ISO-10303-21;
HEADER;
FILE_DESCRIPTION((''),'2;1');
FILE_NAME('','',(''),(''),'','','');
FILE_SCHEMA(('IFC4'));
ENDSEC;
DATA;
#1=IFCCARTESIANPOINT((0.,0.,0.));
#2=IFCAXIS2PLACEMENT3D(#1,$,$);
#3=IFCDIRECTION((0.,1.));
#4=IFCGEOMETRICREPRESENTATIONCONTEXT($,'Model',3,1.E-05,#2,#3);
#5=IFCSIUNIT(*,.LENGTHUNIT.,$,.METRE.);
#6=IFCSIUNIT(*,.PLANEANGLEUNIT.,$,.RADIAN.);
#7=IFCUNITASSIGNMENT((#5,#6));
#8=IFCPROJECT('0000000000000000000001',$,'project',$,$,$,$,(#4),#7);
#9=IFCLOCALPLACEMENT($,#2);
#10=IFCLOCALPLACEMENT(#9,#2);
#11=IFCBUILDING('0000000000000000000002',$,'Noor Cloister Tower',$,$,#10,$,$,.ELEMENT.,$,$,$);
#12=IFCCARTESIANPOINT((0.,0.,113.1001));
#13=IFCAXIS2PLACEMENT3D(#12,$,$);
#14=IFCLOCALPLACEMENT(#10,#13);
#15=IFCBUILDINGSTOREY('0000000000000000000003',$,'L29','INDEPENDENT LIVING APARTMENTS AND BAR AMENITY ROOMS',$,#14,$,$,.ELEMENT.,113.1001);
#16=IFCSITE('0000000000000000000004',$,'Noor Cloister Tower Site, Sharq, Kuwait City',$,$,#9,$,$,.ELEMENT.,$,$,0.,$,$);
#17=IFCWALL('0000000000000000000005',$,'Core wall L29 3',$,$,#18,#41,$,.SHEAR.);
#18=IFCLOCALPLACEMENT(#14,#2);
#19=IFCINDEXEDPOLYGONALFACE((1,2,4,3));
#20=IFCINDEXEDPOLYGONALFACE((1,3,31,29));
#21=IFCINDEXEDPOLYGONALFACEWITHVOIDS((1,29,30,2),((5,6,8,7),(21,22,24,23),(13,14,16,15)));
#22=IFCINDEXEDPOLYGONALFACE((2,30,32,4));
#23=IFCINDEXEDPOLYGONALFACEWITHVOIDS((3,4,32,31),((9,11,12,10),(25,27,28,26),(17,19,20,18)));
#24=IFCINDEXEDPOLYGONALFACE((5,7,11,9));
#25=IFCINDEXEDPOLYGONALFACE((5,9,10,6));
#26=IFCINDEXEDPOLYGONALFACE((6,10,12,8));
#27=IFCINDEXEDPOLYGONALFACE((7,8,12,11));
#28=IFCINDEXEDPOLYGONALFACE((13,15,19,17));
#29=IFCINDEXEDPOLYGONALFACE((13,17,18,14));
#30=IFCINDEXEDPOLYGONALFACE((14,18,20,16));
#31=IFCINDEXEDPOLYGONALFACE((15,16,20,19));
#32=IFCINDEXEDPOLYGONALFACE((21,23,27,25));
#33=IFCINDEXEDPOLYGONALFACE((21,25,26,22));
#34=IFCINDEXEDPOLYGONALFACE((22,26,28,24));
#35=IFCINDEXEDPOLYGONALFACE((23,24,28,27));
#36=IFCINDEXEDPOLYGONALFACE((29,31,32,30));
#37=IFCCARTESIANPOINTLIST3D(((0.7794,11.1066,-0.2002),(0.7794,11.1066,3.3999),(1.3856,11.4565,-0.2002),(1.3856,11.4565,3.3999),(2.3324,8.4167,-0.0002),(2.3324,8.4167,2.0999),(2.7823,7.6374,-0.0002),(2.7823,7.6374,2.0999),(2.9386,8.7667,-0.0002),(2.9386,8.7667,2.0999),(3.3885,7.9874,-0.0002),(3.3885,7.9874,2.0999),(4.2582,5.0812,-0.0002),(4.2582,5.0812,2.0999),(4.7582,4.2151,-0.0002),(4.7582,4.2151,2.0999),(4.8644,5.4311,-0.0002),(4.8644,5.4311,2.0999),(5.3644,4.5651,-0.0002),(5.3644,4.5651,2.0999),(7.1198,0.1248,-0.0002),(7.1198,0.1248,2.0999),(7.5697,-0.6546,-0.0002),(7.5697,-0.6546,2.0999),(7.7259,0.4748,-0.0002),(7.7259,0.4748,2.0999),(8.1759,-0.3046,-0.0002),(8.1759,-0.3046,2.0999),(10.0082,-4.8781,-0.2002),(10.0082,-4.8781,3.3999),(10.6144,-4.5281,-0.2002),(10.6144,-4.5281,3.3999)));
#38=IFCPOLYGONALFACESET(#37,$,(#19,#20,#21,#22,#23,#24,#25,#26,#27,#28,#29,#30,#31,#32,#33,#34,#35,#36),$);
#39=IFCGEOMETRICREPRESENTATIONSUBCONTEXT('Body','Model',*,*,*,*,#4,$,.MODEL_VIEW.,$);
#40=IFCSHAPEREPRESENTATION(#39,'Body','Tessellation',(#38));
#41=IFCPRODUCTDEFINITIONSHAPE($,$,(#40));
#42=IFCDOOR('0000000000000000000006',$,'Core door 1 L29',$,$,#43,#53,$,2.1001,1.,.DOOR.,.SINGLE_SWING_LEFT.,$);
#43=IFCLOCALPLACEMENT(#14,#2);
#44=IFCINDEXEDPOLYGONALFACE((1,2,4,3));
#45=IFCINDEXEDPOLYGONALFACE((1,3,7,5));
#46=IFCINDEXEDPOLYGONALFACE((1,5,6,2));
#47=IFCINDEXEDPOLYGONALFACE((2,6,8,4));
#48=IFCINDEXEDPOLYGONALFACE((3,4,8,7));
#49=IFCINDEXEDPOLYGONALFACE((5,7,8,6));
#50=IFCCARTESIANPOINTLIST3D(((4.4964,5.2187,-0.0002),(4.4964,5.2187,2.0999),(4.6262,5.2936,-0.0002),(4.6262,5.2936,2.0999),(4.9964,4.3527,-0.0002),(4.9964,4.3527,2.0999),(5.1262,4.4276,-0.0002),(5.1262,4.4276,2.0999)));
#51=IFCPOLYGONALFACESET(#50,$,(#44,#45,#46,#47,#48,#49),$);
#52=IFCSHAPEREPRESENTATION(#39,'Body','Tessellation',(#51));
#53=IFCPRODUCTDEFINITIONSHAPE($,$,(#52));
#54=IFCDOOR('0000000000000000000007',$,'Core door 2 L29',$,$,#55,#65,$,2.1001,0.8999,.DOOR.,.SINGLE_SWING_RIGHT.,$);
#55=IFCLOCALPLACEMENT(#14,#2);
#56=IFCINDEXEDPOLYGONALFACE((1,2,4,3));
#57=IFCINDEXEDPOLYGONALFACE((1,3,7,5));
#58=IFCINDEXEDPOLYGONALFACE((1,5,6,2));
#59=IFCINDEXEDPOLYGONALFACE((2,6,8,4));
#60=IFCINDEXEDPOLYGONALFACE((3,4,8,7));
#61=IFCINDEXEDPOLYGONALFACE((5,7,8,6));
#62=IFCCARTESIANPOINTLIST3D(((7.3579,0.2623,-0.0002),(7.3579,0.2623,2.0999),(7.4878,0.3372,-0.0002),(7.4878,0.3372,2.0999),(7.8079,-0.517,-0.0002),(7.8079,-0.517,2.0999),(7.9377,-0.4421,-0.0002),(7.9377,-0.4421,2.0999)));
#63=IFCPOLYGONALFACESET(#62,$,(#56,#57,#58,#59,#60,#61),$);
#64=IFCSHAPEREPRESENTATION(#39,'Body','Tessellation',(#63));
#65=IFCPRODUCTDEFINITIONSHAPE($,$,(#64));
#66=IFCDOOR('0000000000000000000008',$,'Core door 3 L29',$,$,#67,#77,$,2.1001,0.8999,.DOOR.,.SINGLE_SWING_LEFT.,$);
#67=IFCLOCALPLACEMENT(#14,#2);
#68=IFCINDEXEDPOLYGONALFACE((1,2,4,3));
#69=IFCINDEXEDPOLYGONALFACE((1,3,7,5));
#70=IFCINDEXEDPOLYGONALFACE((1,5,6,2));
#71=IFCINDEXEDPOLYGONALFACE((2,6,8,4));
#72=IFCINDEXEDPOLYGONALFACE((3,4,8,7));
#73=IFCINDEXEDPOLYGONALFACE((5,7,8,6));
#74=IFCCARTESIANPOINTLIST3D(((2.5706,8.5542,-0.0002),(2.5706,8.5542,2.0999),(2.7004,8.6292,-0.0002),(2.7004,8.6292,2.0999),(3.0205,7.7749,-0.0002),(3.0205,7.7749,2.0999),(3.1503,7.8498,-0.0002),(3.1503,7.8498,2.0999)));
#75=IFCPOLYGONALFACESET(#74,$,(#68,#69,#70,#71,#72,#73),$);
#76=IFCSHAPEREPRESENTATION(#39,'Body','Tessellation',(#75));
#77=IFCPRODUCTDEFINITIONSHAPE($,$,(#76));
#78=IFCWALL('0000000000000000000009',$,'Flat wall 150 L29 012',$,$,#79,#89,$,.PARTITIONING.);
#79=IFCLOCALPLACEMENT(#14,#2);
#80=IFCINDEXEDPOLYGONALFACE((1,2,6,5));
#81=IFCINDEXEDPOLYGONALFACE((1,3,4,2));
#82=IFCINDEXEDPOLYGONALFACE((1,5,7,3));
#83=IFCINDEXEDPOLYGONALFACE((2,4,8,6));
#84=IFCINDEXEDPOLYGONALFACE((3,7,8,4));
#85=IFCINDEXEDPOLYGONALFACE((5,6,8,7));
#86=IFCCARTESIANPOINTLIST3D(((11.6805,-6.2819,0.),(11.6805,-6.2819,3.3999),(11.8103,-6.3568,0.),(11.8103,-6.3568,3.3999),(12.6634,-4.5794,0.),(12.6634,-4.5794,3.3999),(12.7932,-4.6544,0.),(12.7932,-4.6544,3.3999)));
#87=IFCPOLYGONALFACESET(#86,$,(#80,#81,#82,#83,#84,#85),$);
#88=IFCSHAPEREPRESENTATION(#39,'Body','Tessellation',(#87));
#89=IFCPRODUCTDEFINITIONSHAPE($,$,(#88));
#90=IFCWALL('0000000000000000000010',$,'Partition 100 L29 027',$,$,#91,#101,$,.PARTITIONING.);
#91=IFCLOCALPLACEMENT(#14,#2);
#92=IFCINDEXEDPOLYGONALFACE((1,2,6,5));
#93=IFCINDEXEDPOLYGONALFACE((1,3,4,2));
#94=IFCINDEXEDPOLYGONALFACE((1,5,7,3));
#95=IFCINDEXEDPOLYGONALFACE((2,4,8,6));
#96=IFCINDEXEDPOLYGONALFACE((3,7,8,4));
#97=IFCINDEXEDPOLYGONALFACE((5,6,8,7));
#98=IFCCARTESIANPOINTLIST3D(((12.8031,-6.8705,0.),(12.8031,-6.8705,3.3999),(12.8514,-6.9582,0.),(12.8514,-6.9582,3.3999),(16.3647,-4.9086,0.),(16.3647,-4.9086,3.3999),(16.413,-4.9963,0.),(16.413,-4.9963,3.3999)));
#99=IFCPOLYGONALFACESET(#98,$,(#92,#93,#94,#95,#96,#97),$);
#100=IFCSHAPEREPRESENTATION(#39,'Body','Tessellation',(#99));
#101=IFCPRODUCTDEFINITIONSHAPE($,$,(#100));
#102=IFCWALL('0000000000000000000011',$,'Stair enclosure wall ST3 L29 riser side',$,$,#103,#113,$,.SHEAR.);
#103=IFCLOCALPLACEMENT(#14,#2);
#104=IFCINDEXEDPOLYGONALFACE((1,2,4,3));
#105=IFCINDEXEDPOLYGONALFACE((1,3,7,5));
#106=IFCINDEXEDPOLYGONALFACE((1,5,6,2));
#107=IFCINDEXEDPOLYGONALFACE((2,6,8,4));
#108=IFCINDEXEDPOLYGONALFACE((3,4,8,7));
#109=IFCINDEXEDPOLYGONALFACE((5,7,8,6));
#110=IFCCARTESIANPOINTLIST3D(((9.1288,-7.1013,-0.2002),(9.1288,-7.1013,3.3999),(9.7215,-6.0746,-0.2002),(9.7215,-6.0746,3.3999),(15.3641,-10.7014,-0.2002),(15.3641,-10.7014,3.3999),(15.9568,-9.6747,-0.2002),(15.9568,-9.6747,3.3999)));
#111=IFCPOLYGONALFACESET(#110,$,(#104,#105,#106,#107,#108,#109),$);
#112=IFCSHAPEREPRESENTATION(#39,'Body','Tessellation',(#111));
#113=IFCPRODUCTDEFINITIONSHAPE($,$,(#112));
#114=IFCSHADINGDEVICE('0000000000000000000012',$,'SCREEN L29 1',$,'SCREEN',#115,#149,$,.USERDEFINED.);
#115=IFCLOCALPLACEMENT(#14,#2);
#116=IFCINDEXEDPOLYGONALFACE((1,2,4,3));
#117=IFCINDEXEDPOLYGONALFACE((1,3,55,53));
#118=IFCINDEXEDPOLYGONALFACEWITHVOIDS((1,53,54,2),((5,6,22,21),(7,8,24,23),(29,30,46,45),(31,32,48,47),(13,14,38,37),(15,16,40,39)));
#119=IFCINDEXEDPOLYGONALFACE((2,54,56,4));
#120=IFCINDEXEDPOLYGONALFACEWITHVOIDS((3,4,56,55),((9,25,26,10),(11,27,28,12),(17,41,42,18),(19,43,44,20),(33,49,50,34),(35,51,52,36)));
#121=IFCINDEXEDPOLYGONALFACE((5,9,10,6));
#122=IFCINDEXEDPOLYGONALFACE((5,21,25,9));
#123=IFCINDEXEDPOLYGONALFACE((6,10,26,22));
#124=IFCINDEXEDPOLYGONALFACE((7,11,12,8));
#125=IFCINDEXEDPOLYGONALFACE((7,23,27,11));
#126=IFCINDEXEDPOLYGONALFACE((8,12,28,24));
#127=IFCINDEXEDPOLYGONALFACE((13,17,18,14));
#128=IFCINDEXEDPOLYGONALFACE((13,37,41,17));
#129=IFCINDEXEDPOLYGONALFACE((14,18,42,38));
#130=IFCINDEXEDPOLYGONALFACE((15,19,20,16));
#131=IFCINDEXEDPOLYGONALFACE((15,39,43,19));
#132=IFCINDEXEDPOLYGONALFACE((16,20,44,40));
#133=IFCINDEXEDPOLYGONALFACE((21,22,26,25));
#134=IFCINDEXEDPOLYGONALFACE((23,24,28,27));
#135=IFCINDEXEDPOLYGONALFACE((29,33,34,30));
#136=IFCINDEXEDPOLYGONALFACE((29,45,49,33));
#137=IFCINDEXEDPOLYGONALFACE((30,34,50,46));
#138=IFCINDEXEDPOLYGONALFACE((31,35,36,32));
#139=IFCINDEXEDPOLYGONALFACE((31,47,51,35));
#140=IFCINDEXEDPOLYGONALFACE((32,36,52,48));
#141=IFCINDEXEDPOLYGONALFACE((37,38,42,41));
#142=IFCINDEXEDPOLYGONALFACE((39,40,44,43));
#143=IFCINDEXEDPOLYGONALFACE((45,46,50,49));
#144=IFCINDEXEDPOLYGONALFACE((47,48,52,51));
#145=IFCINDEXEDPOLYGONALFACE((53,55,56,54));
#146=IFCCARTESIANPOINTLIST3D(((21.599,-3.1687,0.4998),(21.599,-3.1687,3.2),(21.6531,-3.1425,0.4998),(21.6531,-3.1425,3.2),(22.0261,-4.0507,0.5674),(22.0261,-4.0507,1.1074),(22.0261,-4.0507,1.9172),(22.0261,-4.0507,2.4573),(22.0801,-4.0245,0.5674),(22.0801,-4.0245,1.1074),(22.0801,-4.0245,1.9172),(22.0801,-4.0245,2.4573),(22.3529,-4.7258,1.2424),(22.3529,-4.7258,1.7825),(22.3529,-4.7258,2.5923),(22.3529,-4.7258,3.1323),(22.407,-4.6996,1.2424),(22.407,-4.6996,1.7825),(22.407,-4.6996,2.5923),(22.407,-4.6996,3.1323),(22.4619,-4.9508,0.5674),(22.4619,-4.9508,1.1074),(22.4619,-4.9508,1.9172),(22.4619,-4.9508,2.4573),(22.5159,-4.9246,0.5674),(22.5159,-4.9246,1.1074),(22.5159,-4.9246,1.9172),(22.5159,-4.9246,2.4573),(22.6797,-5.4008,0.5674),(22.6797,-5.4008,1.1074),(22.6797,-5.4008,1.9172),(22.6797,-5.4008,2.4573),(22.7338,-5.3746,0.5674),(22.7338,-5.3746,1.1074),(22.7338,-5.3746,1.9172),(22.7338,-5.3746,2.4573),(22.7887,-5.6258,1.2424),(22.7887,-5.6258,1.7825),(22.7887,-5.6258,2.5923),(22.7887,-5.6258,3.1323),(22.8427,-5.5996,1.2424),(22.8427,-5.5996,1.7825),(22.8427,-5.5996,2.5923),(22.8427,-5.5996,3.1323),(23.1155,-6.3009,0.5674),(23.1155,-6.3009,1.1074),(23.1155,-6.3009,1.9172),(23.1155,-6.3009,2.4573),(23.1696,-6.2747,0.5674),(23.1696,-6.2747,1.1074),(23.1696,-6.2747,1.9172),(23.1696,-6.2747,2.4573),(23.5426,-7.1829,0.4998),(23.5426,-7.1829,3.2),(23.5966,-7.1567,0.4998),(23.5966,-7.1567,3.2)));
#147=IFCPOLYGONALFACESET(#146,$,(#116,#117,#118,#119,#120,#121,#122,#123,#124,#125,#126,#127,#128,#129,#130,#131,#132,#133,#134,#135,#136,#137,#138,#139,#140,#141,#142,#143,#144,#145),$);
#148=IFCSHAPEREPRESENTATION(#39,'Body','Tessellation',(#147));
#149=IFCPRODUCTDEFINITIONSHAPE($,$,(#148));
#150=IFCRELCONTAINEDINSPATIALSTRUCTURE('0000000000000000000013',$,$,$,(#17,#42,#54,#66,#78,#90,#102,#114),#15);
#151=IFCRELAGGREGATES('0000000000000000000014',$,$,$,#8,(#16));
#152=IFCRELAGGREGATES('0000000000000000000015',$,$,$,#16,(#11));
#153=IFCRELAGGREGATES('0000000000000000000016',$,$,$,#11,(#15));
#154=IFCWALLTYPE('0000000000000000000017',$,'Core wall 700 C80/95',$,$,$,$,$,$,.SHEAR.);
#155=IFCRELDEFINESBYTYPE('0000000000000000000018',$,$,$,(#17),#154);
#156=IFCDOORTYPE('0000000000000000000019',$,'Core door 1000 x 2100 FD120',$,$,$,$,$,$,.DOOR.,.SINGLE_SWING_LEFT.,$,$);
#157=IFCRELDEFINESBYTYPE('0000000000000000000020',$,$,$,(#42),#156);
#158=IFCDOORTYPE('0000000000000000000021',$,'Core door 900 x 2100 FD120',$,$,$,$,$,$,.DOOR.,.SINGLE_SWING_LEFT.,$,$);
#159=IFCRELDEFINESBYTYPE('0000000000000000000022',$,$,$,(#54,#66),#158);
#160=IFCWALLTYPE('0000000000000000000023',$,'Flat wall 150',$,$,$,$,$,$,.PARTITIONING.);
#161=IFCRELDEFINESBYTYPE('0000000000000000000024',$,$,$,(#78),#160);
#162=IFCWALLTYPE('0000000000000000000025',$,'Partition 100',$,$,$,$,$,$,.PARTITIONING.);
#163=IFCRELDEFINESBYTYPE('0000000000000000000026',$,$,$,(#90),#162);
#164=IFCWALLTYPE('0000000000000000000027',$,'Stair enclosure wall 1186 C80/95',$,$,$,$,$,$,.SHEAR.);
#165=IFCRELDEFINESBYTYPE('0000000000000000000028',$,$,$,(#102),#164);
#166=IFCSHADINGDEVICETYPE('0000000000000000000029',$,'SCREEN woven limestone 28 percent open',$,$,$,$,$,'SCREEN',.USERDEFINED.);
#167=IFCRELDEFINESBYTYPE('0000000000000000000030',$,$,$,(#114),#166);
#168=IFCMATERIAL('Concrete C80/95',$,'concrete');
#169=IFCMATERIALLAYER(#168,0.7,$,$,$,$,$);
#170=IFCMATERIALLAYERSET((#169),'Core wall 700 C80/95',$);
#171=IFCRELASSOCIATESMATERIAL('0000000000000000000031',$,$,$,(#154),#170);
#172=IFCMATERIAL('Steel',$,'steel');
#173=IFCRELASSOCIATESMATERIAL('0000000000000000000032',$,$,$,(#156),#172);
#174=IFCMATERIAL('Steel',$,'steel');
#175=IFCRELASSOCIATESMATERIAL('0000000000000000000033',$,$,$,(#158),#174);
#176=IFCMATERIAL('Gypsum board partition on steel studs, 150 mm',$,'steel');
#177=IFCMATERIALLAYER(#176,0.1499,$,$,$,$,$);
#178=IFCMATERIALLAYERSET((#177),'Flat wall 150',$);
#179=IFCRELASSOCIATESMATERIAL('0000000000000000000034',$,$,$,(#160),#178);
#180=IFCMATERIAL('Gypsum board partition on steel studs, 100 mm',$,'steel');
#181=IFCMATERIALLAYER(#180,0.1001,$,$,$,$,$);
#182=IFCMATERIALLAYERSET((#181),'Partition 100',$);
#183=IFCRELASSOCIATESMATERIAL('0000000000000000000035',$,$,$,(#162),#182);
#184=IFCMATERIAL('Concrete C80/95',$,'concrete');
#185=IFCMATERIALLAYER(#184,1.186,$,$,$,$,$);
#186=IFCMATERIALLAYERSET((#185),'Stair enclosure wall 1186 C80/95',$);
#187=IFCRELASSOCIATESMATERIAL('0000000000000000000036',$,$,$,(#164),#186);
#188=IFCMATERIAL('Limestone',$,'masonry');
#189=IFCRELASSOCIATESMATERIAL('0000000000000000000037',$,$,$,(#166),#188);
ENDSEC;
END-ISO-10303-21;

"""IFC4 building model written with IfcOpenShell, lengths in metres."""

from ifc_helpers import new_model, si_unit, direction, frame, frame_2d, origin, place, context, subcontext, project, spatial, polyline, rectangle, outline, extrude, material, layer, layer_set, material_profile, profile_set, type_object, element, fill, save


model = new_model("IFC4")

# Units and contexts
model_context = context("Model", 3, precision=1e-05, world=origin(), true_north=direction((0.0, 1.0)))
body_context = subcontext(model_context, "Body", "Model", "MODEL_VIEW")
ifc_project = project(units=[si_unit("LENGTHUNIT", "METRE"), si_unit("PLANEANGLEUNIT", "RADIAN")], contexts=[model_context])

# Site, building, storey
site_placement = place(None, origin())
site = spatial("IfcSite", under=ifc_project, at=site_placement, Name="Noor Cloister Tower Site, Sharq, Kuwait City", CompositionType="ELEMENT", RefElevation=0.0)
building_placement = place(site_placement, origin())
building = spatial("IfcBuilding", under=site, at=building_placement, Name="Noor Cloister Tower", CompositionType="ELEMENT")
storey_placement = place(building_placement, frame((0.0, 0.0, 113.1001)))
storey = spatial("IfcBuildingStorey", under=building, at=storey_placement, Name="L29", Description="INDEPENDENT LIVING APARTMENTS AND BAR AMENITY ROOMS", CompositionType="ELEMENT", Elevation=113.1001)

# Wall, openings, doors
ifc_material_1 = material(Name="Concrete C80/95", Category="concrete")
ifc_layer_1 = layer(ifc_material_1, 0.7)
ifc_layer_set_1 = layer_set([ifc_layer_1], Name="Core wall 700 C80/95")
wall_type_1 = type_object("IfcWallType", Name="Core wall 700 C80/95", PredefinedType="SHEAR", material=ifc_layer_set_1)
wall_1_placement = place(storey_placement, frame((10.3113, -4.7031, -0.2002), z_axis=(0.0, 0.0, 1.0), x_axis=(-0.500001, 0.866025, 0.0)))
wall_1 = element("IfcWall", 1, at=wall_1_placement, inside=storey, type_object=wall_type_1, Name="Core wall L29 3", PredefinedType="SHEAR", context=body_context, shape_type="SweptSolid", body=[
    extrude(rectangle(XDim=18.4575, YDim=0.7, at=frame_2d((9.2288, 0.0))), origin(), (0.0, 0.0, 1.0), 3.6001),
])
opening_1_placement = place(wall_1_placement, frame((10.5, 0.0, 0.2)))
opening_1 = element("IfcOpeningElement", 2, at=opening_1_placement, cuts=wall_1, PredefinedType="OPENING", context=body_context, shape_type="SweptSolid", body=[
    extrude(rectangle(XDim=1.0, YDim=2.1001, at=frame_2d((0.5, 1.05))), frame((0.0, 0.3599, 0.0), z_axis=(0.0, -1.0, 0.0), x_axis=(1.0, 0.0, 0.0)), (0.0, 0.0, 1.0), 0.72),
])
opening_2_placement = place(wall_1_placement, frame((4.877, 0.0, 0.2)))
opening_2 = element("IfcOpeningElement", 3, at=opening_2_placement, cuts=wall_1, PredefinedType="OPENING", context=body_context, shape_type="SweptSolid", body=[
    extrude(rectangle(XDim=0.8999, YDim=2.1001, at=frame_2d((0.45, 1.05))), frame((0.0, 0.3599, 0.0), z_axis=(0.0, -1.0, 0.0), x_axis=(1.0, 0.0, 0.0)), (0.0, 0.0, 1.0), 0.72),
])
opening_3_placement = place(wall_1_placement, frame((14.4517, 0.0, 0.2)))
opening_3 = element("IfcOpeningElement", 4, at=opening_3_placement, cuts=wall_1, PredefinedType="OPENING", context=body_context, shape_type="SweptSolid", body=[
    extrude(rectangle(XDim=0.8999, YDim=2.1001, at=frame_2d((0.45, 1.05))), frame((0.0, 0.3599, 0.0), z_axis=(0.0, -1.0, 0.0), x_axis=(1.0, 0.0, 0.0)), (0.0, 0.0, 1.0), 0.72),
])
ifc_material_2 = material(Name="Steel", Category="steel")
door_type_1 = type_object("IfcDoorType", Name="Core door 1000 x 2100 FD120", OperationType="SINGLE_SWING_LEFT", PredefinedType="DOOR", material=ifc_material_2)
door_1_placement = place(opening_1_placement, origin())
door_1 = element("IfcDoor", 5, at=door_1_placement, inside=storey, type_object=door_type_1, Name="Core door 1 L29", OperationType="SINGLE_SWING_LEFT", OverallHeight=2.1001, OverallWidth=1.0, PredefinedType="DOOR", context=body_context, shape_type="SweptSolid", body=[
    extrude(rectangle(XDim=1.0, YDim=2.1001, at=frame_2d((0.5, 1.05))), frame((0.0, 0.075, 0.0), z_axis=(0.0, -1.0, 0.0), x_axis=(1.0, 0.0, 0.0)), (0.0, 0.0, 1.0), 0.1499),
])
fill(opening_1, door_1)
ifc_material_3 = material(Name="Steel", Category="steel")
door_type_2 = type_object("IfcDoorType", Name="Core door 900 x 2100 FD120", OperationType="SINGLE_SWING_LEFT", PredefinedType="DOOR", material=ifc_material_3)
door_2_placement = place(opening_2_placement, origin())
door_2 = element("IfcDoor", 6, at=door_2_placement, inside=storey, type_object=door_type_2, Name="Core door 2 L29", OperationType="SINGLE_SWING_RIGHT", OverallHeight=2.1001, OverallWidth=0.8999, PredefinedType="DOOR", context=body_context, shape_type="SweptSolid", body=[
    extrude(rectangle(XDim=0.8999, YDim=2.1001, at=frame_2d((0.45, 1.05))), frame((0.0, 0.075, 0.0), z_axis=(0.0, -1.0, 0.0), x_axis=(1.0, 0.0, 0.0)), (0.0, 0.0, 1.0), 0.1499),
])
fill(opening_2, door_2)
door_3_placement = place(opening_3_placement, origin())
door_3 = element("IfcDoor", 7, at=door_3_placement, inside=storey, type_object=door_type_2, Name="Core door 3 L29", OperationType="SINGLE_SWING_LEFT", OverallHeight=2.1001, OverallWidth=0.8999, PredefinedType="DOOR", context=body_context, shape_type="SweptSolid", body=[
    extrude(rectangle(XDim=0.8999, YDim=2.1001, at=frame_2d((0.45, 1.05))), frame((0.0, 0.075, 0.0), z_axis=(0.0, -1.0, 0.0), x_axis=(1.0, 0.0, 0.0)), (0.0, 0.0, 1.0), 0.1499),
])
fill(opening_3, door_3)

# Walls
ifc_material_4 = material(Name="Gypsum board partition on steel studs, 150 mm", Category="steel")
ifc_layer_2 = layer(ifc_material_4, 0.1499)
ifc_layer_set_2 = layer_set([ifc_layer_2], Name="Flat wall 150")
wall_type_2 = type_object("IfcWallType", Name="Flat wall 150", PredefinedType="PARTITIONING", material=ifc_layer_set_2)
wall_2_placement = place(storey_placement, frame((11.7454, -6.3193, 0.0), z_axis=(0.0, 0.0, 1.0), x_axis=(0.500013, 0.866018, 0.0)))
element("IfcWall", 8, at=wall_2_placement, inside=storey, type_object=wall_type_2, Name="Flat wall 150 L29 012", PredefinedType="PARTITIONING", context=body_context, shape_type="SweptSolid", body=[
    extrude(rectangle(XDim=1.9658, YDim=0.1499, at=frame_2d((0.9829, 0.0))), origin(), (0.0, 0.0, 1.0), 3.3999),
])
ifc_material_5 = material(Name="Gypsum board partition on steel studs, 100 mm", Category="steel")
ifc_layer_3 = layer(ifc_material_5, 0.1001)
ifc_layer_set_3 = layer_set([ifc_layer_3], Name="Partition 100")
wall_type_3 = type_object("IfcWallType", Name="Partition 100", PredefinedType="PARTITIONING", material=ifc_layer_set_3)
wall_3_placement = place(storey_placement, frame((16.3889, -4.9524, 0.0), z_axis=(0.0, 0.0, 1.0), x_axis=(-0.875896, -0.482499, 0.0)))
element("IfcWall", 9, at=wall_3_placement, inside=storey, type_object=wall_type_3, Name="Partition 100 L29 027", PredefinedType="PARTITIONING", context=body_context, shape_type="SweptSolid", body=[
    extrude(rectangle(XDim=4.0662, YDim=0.1001, at=frame_2d((2.0332, 0.0))), origin(), (0.0, 0.0, 1.0), 3.3999),
])
ifc_material_6 = material(Name="Concrete C80/95", Category="concrete")
ifc_layer_4 = layer(ifc_material_6, 1.186)
ifc_layer_set_4 = layer_set([ifc_layer_4], Name="Stair enclosure wall 1186 C80/95")
wall_type_4 = type_object("IfcWallType", Name="Stair enclosure wall 1186 C80/95", PredefinedType="SHEAR", material=ifc_layer_set_4)
wall_4_placement = place(storey_placement, frame((9.425, -6.5879, -0.2002), z_axis=(0.0, 0.0, 1.0), x_axis=(0.866018, -0.500012, 0.0)))
element("IfcWall", 10, at=wall_4_placement, inside=storey, type_object=wall_type_4, Name="Stair enclosure wall ST3 L29 riser side", PredefinedType="SHEAR", context=body_context, shape_type="SweptSolid", body=[
    extrude(rectangle(XDim=7.2, YDim=1.1855, at=frame_2d((3.6001, 0.0))), origin(), (0.0, 0.0, 1.0), 3.6001),
])

# Shading device
ifc_material_7 = material(Name="Limestone", Category="masonry")
ifc_material_profile_1 = material_profile(ifc_material_7, outline(polyline([(-2.23, -1.3501), (2.23, -1.3501), (2.23, 1.3501), (-2.23, 1.3501), (-2.23, -1.3501)]), holes=[polyline([(-1.25, -1.2825), (-0.25, -1.2825), (-0.25, -0.7424), (-1.25, -0.7424), (-1.25, -1.2825)]), polyline([(0.25, -1.2825), (1.25, -1.2825), (1.25, -0.7424), (0.25, -0.7424), (0.25, -1.2825)]), polyline([(-0.5, -0.6074), (0.5, -0.6074), (0.5, -0.0674), (-0.5, -0.0674), (-0.5, -0.6074)]), polyline([(-1.25, 0.0674), (-0.25, 0.0674), (-0.25, 0.6074), (-1.25, 0.6074), (-1.25, 0.0674)]), polyline([(0.25, 0.0674), (1.25, 0.0674), (1.25, 0.6074), (0.25, 0.6074), (0.25, 0.0674)]), polyline([(-0.5, 0.7424), (0.5, 0.7424), (0.5, 1.2825), (-0.5, 1.2825), (-0.5, 0.7424)])]), Name="Woven screen 28 percent open")
ifc_profile_set_1 = profile_set([ifc_material_profile_1], Name="Limestone")
shading_device_type = type_object("IfcShadingDeviceType", Name="SCREEN woven limestone 28 percent open", ElementType="SCREEN", PredefinedType="USERDEFINED", material=ifc_profile_set_1)
shading_device_1_placement = place(storey_placement, frame((22.5708, -5.1758, 1.8499), z_axis=(0.900056, 0.435774, 0.0), x_axis=(-0.435774, 0.900056, 0.0)))
element("IfcShadingDevice", 11, at=shading_device_1_placement, inside=storey, type_object=shading_device_type, Name="SCREEN L29 1", ObjectType="SCREEN", PredefinedType="USERDEFINED", context=body_context, shape_type="SweptSolid", body=[
    extrude(outline(polyline([(-2.23, -1.3501), (2.23, -1.3501), (2.23, 1.3501), (-2.23, 1.3501), (-2.23, -1.3501)]), holes=[polyline([(-1.25, -1.2825), (-0.25, -1.2825), (-0.25, -0.7424), (-1.25, -0.7424), (-1.25, -1.2825)]), polyline([(0.25, -1.2825), (1.25, -1.2825), (1.25, -0.7424), (0.25, -0.7424), (0.25, -1.2825)]), polyline([(-0.5, -0.6074), (0.5, -0.6074), (0.5, -0.0674), (-0.5, -0.0674), (-0.5, -0.6074)]), polyline([(-1.25, 0.0674), (-0.25, 0.0674), (-0.25, 0.6074), (-1.25, 0.6074), (-1.25, 0.0674)]), polyline([(0.25, 0.0674), (1.25, 0.0674), (1.25, 0.6074), (0.25, 0.6074), (0.25, 0.0674)]), polyline([(-0.5, 0.7424), (0.5, 0.7424), (0.5, 1.2825), (-0.5, 1.2825), (-0.5, 0.7424)])]), origin(), (0.0, 0.0, 1.0), 0.0601),
])

save(model, "model.ifc")
